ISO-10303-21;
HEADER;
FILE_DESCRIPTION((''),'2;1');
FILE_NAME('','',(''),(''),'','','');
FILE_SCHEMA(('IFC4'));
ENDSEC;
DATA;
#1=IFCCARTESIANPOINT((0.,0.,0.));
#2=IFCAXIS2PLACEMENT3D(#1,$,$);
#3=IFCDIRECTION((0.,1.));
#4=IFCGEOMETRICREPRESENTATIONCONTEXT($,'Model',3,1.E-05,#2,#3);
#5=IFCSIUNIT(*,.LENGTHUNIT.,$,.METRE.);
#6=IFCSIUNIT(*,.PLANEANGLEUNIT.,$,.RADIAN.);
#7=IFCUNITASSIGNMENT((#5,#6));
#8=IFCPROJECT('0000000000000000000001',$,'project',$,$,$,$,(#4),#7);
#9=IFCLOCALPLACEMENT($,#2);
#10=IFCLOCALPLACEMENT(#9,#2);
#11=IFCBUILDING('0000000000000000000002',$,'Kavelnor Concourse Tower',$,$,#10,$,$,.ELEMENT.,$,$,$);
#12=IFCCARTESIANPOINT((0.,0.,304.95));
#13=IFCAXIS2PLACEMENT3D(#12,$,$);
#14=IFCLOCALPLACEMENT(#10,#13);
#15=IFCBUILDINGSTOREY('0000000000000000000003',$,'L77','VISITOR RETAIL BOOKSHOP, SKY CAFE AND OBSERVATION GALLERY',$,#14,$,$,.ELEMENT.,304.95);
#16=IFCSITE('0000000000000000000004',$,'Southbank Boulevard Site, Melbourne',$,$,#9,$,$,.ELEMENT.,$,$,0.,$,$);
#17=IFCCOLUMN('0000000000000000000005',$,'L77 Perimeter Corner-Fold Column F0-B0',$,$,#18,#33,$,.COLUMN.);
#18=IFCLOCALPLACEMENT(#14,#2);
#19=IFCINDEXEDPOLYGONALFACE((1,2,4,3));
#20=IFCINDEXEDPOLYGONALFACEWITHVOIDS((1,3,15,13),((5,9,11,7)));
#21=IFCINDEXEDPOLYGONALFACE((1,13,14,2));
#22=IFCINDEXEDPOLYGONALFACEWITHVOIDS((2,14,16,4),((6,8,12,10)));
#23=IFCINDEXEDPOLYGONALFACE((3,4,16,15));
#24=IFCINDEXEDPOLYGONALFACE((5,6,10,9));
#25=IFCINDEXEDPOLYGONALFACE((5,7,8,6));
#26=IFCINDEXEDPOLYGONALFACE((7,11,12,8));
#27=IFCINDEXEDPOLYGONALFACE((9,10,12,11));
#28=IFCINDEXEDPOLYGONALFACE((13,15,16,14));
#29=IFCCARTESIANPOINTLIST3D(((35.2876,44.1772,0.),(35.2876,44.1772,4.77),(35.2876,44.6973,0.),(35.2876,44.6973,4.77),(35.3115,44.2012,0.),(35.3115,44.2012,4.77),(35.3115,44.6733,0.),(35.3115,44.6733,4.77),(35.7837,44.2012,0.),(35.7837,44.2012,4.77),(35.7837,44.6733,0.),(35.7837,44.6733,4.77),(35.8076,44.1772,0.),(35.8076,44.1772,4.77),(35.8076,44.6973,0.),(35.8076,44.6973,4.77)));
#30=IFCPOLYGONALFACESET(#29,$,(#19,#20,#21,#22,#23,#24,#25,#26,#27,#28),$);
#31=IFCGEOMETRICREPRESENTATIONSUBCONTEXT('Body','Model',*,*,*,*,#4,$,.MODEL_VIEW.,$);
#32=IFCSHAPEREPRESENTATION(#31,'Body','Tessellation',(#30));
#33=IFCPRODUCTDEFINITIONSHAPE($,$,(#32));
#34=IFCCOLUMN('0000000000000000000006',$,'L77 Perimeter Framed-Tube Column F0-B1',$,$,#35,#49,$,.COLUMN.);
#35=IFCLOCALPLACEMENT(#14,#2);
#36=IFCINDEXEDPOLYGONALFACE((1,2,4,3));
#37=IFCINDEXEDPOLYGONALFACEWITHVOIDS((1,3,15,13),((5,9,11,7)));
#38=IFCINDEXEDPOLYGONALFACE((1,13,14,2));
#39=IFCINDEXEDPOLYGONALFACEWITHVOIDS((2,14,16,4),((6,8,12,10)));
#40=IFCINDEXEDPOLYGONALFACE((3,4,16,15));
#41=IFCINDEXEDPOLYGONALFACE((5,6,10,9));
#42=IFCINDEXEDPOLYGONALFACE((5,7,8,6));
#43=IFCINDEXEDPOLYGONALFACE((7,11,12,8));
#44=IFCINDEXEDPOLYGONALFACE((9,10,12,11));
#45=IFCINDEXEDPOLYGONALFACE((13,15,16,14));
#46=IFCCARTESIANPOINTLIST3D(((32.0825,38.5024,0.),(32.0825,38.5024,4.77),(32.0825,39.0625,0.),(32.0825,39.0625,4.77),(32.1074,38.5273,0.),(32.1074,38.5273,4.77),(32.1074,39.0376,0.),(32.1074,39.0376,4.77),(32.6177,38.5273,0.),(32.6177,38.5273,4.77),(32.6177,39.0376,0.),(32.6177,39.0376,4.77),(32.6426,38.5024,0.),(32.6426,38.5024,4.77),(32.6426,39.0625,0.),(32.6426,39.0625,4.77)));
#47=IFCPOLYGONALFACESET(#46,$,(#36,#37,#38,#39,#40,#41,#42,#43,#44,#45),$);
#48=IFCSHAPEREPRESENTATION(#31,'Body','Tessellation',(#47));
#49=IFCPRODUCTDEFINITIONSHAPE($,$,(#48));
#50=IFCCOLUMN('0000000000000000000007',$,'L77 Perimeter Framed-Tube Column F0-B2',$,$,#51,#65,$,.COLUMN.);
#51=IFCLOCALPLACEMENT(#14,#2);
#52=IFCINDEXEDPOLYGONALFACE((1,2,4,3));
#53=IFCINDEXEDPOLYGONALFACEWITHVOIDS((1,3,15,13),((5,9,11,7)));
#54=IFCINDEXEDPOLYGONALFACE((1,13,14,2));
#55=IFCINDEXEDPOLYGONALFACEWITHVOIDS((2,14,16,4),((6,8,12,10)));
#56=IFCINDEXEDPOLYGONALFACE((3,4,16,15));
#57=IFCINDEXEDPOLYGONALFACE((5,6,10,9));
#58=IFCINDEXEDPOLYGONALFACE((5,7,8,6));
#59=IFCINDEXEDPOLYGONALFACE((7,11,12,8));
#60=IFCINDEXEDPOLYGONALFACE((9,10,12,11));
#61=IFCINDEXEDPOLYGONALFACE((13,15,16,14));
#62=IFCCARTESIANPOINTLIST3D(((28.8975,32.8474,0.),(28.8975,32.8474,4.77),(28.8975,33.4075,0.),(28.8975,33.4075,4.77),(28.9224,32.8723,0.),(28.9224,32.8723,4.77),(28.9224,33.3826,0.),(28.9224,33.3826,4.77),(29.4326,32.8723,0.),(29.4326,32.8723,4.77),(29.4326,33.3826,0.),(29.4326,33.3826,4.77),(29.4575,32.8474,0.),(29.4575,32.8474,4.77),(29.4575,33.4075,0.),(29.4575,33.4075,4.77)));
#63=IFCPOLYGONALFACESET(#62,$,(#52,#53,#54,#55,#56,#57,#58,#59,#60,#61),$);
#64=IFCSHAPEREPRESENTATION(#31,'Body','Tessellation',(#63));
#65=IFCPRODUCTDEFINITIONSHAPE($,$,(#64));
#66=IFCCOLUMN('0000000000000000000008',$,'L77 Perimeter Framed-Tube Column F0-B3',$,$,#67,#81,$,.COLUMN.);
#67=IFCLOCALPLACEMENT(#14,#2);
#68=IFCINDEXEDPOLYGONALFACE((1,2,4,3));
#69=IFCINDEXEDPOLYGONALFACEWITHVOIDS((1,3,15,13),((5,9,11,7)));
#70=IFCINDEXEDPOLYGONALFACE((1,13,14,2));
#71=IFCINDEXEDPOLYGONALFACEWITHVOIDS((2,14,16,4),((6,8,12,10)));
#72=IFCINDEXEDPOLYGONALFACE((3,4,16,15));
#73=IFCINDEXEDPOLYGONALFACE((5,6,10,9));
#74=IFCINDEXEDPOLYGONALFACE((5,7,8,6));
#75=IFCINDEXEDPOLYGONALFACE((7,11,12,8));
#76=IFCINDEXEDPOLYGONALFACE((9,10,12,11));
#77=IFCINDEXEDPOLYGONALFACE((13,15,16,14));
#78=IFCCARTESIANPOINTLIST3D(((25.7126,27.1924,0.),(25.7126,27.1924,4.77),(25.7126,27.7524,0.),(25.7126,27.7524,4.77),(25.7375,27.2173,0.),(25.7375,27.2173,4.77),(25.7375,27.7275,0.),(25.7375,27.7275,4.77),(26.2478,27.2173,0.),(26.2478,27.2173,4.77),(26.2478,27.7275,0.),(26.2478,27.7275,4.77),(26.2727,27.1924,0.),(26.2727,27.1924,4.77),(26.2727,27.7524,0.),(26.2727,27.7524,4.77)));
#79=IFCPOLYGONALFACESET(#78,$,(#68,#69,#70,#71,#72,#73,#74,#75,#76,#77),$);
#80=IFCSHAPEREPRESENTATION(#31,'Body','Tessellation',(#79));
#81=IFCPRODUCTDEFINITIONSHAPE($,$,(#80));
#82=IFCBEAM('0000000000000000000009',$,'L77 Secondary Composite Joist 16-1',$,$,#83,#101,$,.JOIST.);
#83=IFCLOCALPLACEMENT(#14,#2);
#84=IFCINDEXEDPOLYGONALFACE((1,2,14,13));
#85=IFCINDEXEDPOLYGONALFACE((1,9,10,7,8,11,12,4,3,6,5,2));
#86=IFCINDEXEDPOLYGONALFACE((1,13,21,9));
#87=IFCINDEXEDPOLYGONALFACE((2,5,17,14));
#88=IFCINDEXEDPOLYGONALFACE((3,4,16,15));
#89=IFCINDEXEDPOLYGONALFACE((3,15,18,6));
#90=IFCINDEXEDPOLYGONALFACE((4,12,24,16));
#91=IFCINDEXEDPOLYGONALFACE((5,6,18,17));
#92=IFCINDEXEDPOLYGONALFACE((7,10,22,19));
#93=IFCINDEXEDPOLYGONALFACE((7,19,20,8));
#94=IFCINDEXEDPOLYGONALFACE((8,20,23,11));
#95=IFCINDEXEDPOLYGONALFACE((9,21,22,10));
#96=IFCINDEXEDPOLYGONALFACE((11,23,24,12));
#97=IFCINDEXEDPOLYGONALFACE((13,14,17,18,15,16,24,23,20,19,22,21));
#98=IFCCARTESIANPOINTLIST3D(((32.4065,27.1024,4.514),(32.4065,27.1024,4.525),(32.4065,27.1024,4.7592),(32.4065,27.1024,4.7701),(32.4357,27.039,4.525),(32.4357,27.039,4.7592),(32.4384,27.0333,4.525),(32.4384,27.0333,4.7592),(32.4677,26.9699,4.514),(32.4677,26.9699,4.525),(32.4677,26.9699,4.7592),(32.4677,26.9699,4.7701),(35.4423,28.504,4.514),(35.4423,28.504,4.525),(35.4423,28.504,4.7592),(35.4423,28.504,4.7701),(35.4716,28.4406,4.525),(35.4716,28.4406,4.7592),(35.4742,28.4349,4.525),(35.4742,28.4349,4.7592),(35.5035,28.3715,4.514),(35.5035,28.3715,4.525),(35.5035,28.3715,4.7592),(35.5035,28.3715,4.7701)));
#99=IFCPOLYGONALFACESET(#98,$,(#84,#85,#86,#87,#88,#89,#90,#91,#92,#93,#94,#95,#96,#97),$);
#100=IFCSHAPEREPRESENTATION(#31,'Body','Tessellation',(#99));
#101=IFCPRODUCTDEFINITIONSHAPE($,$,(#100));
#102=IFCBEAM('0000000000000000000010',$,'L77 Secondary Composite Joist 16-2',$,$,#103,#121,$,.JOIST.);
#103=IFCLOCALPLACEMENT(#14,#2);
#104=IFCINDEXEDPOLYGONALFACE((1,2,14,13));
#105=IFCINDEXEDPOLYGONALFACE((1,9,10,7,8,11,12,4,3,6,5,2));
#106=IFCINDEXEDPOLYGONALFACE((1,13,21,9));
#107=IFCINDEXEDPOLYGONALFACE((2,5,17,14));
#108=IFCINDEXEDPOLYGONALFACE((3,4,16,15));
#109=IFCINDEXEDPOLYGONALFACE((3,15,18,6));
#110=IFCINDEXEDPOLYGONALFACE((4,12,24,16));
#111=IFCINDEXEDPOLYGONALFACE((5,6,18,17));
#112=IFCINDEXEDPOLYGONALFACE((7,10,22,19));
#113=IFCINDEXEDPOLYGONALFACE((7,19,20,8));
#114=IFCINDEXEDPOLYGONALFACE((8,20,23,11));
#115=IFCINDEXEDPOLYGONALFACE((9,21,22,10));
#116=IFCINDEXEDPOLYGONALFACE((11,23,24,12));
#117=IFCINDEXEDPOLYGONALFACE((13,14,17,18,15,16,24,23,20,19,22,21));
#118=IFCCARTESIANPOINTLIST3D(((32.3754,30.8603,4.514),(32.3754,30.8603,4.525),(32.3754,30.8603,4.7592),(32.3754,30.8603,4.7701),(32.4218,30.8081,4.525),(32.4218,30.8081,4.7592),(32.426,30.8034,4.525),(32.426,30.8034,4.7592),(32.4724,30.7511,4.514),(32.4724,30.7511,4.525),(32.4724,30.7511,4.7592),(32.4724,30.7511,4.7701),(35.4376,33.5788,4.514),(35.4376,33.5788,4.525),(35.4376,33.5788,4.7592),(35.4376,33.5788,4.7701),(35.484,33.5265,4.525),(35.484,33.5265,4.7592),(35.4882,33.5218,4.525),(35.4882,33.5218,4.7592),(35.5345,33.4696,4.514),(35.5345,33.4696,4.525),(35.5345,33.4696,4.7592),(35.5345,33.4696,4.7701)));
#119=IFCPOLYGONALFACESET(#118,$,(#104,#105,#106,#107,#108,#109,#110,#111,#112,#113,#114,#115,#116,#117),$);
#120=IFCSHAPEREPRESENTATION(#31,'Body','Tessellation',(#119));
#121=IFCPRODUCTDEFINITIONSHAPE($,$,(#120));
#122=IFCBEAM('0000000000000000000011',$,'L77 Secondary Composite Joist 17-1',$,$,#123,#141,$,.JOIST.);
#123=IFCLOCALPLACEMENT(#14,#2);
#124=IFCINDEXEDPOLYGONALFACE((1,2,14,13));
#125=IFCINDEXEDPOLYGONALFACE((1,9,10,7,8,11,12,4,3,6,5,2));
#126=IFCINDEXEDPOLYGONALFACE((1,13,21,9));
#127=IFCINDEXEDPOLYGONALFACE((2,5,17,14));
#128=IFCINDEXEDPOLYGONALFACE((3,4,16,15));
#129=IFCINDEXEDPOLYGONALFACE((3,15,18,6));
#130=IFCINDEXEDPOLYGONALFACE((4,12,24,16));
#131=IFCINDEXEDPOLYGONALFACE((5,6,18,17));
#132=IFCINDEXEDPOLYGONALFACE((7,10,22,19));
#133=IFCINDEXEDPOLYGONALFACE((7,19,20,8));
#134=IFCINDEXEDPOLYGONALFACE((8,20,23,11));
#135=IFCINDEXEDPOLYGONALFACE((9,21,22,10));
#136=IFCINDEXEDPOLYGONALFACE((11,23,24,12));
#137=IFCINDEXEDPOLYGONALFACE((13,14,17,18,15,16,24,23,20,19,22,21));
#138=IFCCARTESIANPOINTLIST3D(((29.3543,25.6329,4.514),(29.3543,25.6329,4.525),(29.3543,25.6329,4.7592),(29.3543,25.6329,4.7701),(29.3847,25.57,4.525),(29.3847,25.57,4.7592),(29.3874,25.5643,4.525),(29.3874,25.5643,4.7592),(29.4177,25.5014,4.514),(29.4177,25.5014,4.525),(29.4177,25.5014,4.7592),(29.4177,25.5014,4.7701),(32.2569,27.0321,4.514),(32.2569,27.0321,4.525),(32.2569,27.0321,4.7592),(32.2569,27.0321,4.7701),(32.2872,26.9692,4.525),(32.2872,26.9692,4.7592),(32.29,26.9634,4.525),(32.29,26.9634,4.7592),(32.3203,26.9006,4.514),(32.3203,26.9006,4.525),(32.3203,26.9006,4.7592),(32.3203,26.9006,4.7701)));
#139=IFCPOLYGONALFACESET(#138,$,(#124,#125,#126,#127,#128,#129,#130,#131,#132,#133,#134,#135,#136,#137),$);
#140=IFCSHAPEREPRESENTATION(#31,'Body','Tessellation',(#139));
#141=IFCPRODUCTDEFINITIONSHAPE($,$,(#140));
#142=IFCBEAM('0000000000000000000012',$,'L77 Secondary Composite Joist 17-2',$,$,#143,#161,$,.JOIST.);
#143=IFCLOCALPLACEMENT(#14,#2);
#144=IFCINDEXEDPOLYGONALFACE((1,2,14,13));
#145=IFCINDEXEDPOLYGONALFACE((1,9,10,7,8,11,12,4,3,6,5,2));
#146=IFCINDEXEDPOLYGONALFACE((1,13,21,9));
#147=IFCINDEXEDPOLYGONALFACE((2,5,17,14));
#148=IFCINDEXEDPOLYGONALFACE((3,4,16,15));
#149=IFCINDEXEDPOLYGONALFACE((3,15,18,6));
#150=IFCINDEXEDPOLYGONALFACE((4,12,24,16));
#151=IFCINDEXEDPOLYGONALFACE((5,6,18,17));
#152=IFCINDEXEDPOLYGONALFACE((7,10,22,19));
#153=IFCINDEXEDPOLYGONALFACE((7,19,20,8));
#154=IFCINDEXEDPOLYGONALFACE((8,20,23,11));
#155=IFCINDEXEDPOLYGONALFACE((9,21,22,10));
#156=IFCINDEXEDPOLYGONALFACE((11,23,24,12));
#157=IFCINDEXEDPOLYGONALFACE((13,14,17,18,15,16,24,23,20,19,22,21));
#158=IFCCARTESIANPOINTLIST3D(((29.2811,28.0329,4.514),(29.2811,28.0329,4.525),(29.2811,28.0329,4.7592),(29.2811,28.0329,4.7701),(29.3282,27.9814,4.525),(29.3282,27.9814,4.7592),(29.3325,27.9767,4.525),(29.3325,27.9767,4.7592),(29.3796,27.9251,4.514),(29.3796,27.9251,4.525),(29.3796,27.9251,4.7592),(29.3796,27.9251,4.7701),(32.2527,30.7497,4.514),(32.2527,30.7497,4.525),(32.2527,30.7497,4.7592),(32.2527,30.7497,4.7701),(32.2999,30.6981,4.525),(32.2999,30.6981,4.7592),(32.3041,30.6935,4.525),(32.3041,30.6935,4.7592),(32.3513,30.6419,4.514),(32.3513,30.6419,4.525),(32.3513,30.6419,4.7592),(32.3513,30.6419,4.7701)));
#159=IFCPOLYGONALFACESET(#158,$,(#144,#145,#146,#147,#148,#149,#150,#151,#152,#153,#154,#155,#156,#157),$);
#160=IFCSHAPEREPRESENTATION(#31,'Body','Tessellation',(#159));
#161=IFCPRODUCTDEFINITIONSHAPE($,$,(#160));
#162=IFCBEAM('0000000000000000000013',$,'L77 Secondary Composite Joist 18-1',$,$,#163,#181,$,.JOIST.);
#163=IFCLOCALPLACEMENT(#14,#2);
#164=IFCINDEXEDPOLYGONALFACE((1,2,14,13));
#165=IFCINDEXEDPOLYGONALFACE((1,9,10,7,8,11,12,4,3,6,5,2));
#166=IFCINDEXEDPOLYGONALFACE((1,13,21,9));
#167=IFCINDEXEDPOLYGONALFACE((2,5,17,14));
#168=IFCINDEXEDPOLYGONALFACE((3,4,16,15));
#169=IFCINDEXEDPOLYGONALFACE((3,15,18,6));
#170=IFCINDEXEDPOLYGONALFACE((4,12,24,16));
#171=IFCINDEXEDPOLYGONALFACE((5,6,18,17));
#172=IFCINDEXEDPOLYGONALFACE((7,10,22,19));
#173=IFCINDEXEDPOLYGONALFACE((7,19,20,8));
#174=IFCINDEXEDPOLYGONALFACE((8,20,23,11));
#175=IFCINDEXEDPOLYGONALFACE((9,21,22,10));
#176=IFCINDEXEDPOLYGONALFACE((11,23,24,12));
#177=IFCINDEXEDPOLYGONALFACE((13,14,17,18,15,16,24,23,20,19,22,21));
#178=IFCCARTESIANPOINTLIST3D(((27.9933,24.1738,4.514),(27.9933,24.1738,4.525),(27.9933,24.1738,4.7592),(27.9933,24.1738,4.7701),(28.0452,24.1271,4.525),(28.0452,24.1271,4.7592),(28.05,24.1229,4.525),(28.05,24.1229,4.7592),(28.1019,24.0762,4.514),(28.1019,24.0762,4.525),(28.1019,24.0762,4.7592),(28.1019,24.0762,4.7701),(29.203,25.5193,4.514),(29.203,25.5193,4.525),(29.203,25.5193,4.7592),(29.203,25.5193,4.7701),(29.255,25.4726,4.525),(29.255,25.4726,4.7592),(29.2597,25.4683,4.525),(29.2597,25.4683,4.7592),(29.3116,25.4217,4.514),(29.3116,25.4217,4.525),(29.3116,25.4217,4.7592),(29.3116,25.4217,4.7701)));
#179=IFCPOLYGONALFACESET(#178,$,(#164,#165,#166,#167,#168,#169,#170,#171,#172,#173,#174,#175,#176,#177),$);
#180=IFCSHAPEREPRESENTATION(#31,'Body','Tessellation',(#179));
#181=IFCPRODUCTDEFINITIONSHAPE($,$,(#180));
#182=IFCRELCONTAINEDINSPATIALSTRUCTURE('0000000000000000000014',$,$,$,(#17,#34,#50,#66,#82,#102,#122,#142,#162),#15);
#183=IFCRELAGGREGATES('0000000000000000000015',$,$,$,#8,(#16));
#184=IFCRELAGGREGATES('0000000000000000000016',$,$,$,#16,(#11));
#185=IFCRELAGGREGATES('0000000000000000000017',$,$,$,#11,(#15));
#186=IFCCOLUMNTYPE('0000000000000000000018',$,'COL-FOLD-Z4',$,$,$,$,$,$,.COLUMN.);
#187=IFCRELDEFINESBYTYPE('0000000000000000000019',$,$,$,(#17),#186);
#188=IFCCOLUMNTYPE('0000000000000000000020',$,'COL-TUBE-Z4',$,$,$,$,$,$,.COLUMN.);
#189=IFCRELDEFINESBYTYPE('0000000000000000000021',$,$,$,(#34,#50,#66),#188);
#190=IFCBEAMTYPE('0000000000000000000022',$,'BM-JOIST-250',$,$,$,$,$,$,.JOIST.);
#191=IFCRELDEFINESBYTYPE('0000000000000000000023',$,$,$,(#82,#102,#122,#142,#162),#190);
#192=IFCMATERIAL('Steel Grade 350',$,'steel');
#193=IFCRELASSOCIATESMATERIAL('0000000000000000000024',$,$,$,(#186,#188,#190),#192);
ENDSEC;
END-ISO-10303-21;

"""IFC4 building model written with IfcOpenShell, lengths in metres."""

from ifc_helpers import new_model, si_unit, direction, frame, origin, origin_2d, place, context, subcontext, project, spatial, hollow_rectangle, i_section, extrude, material, material_profile, profile_set, type_object, element, save


model = new_model("IFC4")

# Units and contexts
model_context = context("Model", 3, precision=1e-05, world=origin(), true_north=direction((0.0, 1.0)))
body_context = subcontext(model_context, "Body", "Model", "MODEL_VIEW")
ifc_project = project(units=[si_unit("LENGTHUNIT", "METRE"), si_unit("PLANEANGLEUNIT", "RADIAN")], contexts=[model_context])

# Site, building, storey
site_placement = place(None, origin())
site = spatial("IfcSite", under=ifc_project, at=site_placement, Name="Southbank Boulevard Site, Melbourne", CompositionType="ELEMENT", RefElevation=0.0)
building_placement = place(site_placement, origin())
building = spatial("IfcBuilding", under=site, at=building_placement, Name="Kavelnor Concourse Tower", CompositionType="ELEMENT")
storey_placement = place(building_placement, frame((0.0, 0.0, 304.95)))
storey = spatial("IfcBuildingStorey", under=building, at=storey_placement, Name="L77", Description="VISITOR RETAIL BOOKSHOP, SKY CAFE AND OBSERVATION GALLERY", CompositionType="ELEMENT", Elevation=304.95)

# Columns
ifc_material_1 = material(Name="Steel Grade 350", Category="steel")
ifc_material_profile_1 = material_profile(ifc_material_1, hollow_rectangle(XDim=0.52, YDim=0.52, WallThickness=0.0239, at=origin_2d()), Name="SHS 520x520x24")
ifc_profile_set_1 = profile_set([ifc_material_profile_1], Name="Steel Grade 350")
column_type_1 = type_object("IfcColumnType", Name="COL-FOLD-Z4", PredefinedType="COLUMN", material=ifc_profile_set_1)
column_placement = place(storey_placement, frame((35.5476, 44.4373, 0.0), z_axis=(0.0, 0.0, 1.0), x_axis=(1.0, 0.0, 0.0)))
element("IfcColumn", 1, at=column_placement, inside=storey, type_object=column_type_1, Name="L77 Perimeter Corner-Fold Column F0-B0", PredefinedType="COLUMN", context=body_context, shape_type="SweptSolid", body=[
    extrude(hollow_rectangle(XDim=0.52, YDim=0.52, WallThickness=0.0239, at=origin_2d()), origin(), (0.0, 0.0, 1.0), 4.77),
])
ifc_material_profile_2 = material_profile(ifc_material_1, hollow_rectangle(XDim=0.5601, YDim=0.5601, WallThickness=0.0249, at=origin_2d()), Name="SHS 560x560x25")
ifc_profile_set_2 = profile_set([ifc_material_profile_2], Name="Steel Grade 350")
column_type_2 = type_object("IfcColumnType", Name="COL-TUBE-Z4", PredefinedType="COLUMN", material=ifc_profile_set_2)
for number, where, z_axis, x_axis, name in (
    (2, (32.3625, 38.7825, 0.0), (0.0, 0.0, 1.0), (1.0, 0.0, 0.0), "L77 Perimeter Framed-Tube Column F0-B1"),
    (3, (29.1775, 33.1274, 0.0), (0.0, 0.0, 1.0), (1.0, 0.0, 0.0), "L77 Perimeter Framed-Tube Column F0-B2"),
    (4, (25.9927, 27.4724, 0.0), (0.0, 0.0, 1.0), (1.0, 0.0, 0.0), "L77 Perimeter Framed-Tube Column F0-B3"),
):
    element("IfcColumn", number, at=place(storey_placement, frame(where, z_axis=z_axis, x_axis=x_axis)), inside=storey, type_object=column_type_2, Name=name, PredefinedType="COLUMN", context=body_context, shape_type="SweptSolid", body=[
        extrude(hollow_rectangle(XDim=0.5601, YDim=0.5601, WallThickness=0.0249, at=origin_2d()), origin(), (0.0, 0.0, 1.0), 4.77),
    ])

# Beams
ifc_material_profile_3 = material_profile(ifc_material_1, i_section(OverallWidth=0.146, OverallDepth=0.2561, WebThickness=0.0063, FlangeThickness=0.011, at=origin_2d()), Name="250UB37")
ifc_profile_set_3 = profile_set([ifc_material_profile_3], Name="Steel Grade 350")
beam_type_1 = type_object("IfcBeamType", Name="BM-JOIST-250", PredefinedType="JOIST", material=ifc_profile_set_3)
beam_1_placement = place(storey_placement, frame((35.4729, 28.4377, 4.6421), z_axis=(-0.90791, -0.419165, 0.0), x_axis=(0.419165, -0.90791, 0.0)))
element("IfcBeam", 5, at=beam_1_placement, inside=storey, type_object=beam_type_1, Name="L77 Secondary Composite Joist 16-1", PredefinedType="JOIST", context=body_context, shape_type="SweptSolid", body=[
    extrude(i_section(OverallWidth=0.146, OverallDepth=0.2561, WebThickness=0.0063, FlangeThickness=0.011, at=origin_2d()), origin(), (0.0, 0.0, 1.0), 3.3438),
])
beam_2_placement = place(storey_placement, frame((35.4861, 33.5242, 4.6421), z_axis=(-0.747834, -0.663886, 0.0), x_axis=(0.663886, -0.747834, 0.0)))
element("IfcBeam", 6, at=beam_2_placement, inside=storey, type_object=beam_type_1, Name="L77 Secondary Composite Joist 16-2", PredefinedType="JOIST", context=body_context, shape_type="SweptSolid", body=[
    extrude(i_section(OverallWidth=0.146, OverallDepth=0.2561, WebThickness=0.0063, FlangeThickness=0.011, at=origin_2d()), origin(), (0.0, 0.0, 1.0), 4.0947),
])
beam_3_placement = place(storey_placement, frame((32.2886, 26.9663, 4.6421), z_axis=(-0.900804, -0.434226, 0.0), x_axis=(0.434226, -0.900804, 0.0)))
element("IfcBeam", 7, at=beam_3_placement, inside=storey, type_object=beam_type_1, Name="L77 Secondary Composite Joist 17-1", PredefinedType="JOIST", context=body_context, shape_type="SweptSolid", body=[
    extrude(i_section(OverallWidth=0.146, OverallDepth=0.2561, WebThickness=0.0063, FlangeThickness=0.011, at=origin_2d()), origin(), (0.0, 0.0, 1.0), 3.2222),
])
beam_4_placement = place(storey_placement, frame((32.302, 30.6958, 4.6421), z_axis=(-0.73805, -0.674747, 0.0), x_axis=(0.674747, -0.73805, 0.0)))
element("IfcBeam", 8, at=beam_4_placement, inside=storey, type_object=beam_type_1, Name="L77 Secondary Composite Joist 17-2", PredefinedType="JOIST", context=body_context, shape_type="SweptSolid", body=[
    extrude(i_section(OverallWidth=0.146, OverallDepth=0.2561, WebThickness=0.0063, FlangeThickness=0.011, at=origin_2d()), origin(), (0.0, 0.0, 1.0), 4.0264),
])
beam_5_placement = place(storey_placement, frame((29.2573, 25.4705, 4.6421), z_axis=(-0.668599, -0.743623, 0.0), x_axis=(0.743623, -0.668599, 0.0)))
element("IfcBeam", 9, at=beam_5_placement, inside=storey, type_object=beam_type_1, Name="L77 Secondary Composite Joist 18-1", PredefinedType="JOIST", context=body_context, shape_type="SweptSolid", body=[
    extrude(i_section(OverallWidth=0.146, OverallDepth=0.2561, WebThickness=0.0063, FlangeThickness=0.011, at=origin_2d()), origin(), (0.0, 0.0, 1.0), 1.8093),
])

save(model, "model.ifc")
